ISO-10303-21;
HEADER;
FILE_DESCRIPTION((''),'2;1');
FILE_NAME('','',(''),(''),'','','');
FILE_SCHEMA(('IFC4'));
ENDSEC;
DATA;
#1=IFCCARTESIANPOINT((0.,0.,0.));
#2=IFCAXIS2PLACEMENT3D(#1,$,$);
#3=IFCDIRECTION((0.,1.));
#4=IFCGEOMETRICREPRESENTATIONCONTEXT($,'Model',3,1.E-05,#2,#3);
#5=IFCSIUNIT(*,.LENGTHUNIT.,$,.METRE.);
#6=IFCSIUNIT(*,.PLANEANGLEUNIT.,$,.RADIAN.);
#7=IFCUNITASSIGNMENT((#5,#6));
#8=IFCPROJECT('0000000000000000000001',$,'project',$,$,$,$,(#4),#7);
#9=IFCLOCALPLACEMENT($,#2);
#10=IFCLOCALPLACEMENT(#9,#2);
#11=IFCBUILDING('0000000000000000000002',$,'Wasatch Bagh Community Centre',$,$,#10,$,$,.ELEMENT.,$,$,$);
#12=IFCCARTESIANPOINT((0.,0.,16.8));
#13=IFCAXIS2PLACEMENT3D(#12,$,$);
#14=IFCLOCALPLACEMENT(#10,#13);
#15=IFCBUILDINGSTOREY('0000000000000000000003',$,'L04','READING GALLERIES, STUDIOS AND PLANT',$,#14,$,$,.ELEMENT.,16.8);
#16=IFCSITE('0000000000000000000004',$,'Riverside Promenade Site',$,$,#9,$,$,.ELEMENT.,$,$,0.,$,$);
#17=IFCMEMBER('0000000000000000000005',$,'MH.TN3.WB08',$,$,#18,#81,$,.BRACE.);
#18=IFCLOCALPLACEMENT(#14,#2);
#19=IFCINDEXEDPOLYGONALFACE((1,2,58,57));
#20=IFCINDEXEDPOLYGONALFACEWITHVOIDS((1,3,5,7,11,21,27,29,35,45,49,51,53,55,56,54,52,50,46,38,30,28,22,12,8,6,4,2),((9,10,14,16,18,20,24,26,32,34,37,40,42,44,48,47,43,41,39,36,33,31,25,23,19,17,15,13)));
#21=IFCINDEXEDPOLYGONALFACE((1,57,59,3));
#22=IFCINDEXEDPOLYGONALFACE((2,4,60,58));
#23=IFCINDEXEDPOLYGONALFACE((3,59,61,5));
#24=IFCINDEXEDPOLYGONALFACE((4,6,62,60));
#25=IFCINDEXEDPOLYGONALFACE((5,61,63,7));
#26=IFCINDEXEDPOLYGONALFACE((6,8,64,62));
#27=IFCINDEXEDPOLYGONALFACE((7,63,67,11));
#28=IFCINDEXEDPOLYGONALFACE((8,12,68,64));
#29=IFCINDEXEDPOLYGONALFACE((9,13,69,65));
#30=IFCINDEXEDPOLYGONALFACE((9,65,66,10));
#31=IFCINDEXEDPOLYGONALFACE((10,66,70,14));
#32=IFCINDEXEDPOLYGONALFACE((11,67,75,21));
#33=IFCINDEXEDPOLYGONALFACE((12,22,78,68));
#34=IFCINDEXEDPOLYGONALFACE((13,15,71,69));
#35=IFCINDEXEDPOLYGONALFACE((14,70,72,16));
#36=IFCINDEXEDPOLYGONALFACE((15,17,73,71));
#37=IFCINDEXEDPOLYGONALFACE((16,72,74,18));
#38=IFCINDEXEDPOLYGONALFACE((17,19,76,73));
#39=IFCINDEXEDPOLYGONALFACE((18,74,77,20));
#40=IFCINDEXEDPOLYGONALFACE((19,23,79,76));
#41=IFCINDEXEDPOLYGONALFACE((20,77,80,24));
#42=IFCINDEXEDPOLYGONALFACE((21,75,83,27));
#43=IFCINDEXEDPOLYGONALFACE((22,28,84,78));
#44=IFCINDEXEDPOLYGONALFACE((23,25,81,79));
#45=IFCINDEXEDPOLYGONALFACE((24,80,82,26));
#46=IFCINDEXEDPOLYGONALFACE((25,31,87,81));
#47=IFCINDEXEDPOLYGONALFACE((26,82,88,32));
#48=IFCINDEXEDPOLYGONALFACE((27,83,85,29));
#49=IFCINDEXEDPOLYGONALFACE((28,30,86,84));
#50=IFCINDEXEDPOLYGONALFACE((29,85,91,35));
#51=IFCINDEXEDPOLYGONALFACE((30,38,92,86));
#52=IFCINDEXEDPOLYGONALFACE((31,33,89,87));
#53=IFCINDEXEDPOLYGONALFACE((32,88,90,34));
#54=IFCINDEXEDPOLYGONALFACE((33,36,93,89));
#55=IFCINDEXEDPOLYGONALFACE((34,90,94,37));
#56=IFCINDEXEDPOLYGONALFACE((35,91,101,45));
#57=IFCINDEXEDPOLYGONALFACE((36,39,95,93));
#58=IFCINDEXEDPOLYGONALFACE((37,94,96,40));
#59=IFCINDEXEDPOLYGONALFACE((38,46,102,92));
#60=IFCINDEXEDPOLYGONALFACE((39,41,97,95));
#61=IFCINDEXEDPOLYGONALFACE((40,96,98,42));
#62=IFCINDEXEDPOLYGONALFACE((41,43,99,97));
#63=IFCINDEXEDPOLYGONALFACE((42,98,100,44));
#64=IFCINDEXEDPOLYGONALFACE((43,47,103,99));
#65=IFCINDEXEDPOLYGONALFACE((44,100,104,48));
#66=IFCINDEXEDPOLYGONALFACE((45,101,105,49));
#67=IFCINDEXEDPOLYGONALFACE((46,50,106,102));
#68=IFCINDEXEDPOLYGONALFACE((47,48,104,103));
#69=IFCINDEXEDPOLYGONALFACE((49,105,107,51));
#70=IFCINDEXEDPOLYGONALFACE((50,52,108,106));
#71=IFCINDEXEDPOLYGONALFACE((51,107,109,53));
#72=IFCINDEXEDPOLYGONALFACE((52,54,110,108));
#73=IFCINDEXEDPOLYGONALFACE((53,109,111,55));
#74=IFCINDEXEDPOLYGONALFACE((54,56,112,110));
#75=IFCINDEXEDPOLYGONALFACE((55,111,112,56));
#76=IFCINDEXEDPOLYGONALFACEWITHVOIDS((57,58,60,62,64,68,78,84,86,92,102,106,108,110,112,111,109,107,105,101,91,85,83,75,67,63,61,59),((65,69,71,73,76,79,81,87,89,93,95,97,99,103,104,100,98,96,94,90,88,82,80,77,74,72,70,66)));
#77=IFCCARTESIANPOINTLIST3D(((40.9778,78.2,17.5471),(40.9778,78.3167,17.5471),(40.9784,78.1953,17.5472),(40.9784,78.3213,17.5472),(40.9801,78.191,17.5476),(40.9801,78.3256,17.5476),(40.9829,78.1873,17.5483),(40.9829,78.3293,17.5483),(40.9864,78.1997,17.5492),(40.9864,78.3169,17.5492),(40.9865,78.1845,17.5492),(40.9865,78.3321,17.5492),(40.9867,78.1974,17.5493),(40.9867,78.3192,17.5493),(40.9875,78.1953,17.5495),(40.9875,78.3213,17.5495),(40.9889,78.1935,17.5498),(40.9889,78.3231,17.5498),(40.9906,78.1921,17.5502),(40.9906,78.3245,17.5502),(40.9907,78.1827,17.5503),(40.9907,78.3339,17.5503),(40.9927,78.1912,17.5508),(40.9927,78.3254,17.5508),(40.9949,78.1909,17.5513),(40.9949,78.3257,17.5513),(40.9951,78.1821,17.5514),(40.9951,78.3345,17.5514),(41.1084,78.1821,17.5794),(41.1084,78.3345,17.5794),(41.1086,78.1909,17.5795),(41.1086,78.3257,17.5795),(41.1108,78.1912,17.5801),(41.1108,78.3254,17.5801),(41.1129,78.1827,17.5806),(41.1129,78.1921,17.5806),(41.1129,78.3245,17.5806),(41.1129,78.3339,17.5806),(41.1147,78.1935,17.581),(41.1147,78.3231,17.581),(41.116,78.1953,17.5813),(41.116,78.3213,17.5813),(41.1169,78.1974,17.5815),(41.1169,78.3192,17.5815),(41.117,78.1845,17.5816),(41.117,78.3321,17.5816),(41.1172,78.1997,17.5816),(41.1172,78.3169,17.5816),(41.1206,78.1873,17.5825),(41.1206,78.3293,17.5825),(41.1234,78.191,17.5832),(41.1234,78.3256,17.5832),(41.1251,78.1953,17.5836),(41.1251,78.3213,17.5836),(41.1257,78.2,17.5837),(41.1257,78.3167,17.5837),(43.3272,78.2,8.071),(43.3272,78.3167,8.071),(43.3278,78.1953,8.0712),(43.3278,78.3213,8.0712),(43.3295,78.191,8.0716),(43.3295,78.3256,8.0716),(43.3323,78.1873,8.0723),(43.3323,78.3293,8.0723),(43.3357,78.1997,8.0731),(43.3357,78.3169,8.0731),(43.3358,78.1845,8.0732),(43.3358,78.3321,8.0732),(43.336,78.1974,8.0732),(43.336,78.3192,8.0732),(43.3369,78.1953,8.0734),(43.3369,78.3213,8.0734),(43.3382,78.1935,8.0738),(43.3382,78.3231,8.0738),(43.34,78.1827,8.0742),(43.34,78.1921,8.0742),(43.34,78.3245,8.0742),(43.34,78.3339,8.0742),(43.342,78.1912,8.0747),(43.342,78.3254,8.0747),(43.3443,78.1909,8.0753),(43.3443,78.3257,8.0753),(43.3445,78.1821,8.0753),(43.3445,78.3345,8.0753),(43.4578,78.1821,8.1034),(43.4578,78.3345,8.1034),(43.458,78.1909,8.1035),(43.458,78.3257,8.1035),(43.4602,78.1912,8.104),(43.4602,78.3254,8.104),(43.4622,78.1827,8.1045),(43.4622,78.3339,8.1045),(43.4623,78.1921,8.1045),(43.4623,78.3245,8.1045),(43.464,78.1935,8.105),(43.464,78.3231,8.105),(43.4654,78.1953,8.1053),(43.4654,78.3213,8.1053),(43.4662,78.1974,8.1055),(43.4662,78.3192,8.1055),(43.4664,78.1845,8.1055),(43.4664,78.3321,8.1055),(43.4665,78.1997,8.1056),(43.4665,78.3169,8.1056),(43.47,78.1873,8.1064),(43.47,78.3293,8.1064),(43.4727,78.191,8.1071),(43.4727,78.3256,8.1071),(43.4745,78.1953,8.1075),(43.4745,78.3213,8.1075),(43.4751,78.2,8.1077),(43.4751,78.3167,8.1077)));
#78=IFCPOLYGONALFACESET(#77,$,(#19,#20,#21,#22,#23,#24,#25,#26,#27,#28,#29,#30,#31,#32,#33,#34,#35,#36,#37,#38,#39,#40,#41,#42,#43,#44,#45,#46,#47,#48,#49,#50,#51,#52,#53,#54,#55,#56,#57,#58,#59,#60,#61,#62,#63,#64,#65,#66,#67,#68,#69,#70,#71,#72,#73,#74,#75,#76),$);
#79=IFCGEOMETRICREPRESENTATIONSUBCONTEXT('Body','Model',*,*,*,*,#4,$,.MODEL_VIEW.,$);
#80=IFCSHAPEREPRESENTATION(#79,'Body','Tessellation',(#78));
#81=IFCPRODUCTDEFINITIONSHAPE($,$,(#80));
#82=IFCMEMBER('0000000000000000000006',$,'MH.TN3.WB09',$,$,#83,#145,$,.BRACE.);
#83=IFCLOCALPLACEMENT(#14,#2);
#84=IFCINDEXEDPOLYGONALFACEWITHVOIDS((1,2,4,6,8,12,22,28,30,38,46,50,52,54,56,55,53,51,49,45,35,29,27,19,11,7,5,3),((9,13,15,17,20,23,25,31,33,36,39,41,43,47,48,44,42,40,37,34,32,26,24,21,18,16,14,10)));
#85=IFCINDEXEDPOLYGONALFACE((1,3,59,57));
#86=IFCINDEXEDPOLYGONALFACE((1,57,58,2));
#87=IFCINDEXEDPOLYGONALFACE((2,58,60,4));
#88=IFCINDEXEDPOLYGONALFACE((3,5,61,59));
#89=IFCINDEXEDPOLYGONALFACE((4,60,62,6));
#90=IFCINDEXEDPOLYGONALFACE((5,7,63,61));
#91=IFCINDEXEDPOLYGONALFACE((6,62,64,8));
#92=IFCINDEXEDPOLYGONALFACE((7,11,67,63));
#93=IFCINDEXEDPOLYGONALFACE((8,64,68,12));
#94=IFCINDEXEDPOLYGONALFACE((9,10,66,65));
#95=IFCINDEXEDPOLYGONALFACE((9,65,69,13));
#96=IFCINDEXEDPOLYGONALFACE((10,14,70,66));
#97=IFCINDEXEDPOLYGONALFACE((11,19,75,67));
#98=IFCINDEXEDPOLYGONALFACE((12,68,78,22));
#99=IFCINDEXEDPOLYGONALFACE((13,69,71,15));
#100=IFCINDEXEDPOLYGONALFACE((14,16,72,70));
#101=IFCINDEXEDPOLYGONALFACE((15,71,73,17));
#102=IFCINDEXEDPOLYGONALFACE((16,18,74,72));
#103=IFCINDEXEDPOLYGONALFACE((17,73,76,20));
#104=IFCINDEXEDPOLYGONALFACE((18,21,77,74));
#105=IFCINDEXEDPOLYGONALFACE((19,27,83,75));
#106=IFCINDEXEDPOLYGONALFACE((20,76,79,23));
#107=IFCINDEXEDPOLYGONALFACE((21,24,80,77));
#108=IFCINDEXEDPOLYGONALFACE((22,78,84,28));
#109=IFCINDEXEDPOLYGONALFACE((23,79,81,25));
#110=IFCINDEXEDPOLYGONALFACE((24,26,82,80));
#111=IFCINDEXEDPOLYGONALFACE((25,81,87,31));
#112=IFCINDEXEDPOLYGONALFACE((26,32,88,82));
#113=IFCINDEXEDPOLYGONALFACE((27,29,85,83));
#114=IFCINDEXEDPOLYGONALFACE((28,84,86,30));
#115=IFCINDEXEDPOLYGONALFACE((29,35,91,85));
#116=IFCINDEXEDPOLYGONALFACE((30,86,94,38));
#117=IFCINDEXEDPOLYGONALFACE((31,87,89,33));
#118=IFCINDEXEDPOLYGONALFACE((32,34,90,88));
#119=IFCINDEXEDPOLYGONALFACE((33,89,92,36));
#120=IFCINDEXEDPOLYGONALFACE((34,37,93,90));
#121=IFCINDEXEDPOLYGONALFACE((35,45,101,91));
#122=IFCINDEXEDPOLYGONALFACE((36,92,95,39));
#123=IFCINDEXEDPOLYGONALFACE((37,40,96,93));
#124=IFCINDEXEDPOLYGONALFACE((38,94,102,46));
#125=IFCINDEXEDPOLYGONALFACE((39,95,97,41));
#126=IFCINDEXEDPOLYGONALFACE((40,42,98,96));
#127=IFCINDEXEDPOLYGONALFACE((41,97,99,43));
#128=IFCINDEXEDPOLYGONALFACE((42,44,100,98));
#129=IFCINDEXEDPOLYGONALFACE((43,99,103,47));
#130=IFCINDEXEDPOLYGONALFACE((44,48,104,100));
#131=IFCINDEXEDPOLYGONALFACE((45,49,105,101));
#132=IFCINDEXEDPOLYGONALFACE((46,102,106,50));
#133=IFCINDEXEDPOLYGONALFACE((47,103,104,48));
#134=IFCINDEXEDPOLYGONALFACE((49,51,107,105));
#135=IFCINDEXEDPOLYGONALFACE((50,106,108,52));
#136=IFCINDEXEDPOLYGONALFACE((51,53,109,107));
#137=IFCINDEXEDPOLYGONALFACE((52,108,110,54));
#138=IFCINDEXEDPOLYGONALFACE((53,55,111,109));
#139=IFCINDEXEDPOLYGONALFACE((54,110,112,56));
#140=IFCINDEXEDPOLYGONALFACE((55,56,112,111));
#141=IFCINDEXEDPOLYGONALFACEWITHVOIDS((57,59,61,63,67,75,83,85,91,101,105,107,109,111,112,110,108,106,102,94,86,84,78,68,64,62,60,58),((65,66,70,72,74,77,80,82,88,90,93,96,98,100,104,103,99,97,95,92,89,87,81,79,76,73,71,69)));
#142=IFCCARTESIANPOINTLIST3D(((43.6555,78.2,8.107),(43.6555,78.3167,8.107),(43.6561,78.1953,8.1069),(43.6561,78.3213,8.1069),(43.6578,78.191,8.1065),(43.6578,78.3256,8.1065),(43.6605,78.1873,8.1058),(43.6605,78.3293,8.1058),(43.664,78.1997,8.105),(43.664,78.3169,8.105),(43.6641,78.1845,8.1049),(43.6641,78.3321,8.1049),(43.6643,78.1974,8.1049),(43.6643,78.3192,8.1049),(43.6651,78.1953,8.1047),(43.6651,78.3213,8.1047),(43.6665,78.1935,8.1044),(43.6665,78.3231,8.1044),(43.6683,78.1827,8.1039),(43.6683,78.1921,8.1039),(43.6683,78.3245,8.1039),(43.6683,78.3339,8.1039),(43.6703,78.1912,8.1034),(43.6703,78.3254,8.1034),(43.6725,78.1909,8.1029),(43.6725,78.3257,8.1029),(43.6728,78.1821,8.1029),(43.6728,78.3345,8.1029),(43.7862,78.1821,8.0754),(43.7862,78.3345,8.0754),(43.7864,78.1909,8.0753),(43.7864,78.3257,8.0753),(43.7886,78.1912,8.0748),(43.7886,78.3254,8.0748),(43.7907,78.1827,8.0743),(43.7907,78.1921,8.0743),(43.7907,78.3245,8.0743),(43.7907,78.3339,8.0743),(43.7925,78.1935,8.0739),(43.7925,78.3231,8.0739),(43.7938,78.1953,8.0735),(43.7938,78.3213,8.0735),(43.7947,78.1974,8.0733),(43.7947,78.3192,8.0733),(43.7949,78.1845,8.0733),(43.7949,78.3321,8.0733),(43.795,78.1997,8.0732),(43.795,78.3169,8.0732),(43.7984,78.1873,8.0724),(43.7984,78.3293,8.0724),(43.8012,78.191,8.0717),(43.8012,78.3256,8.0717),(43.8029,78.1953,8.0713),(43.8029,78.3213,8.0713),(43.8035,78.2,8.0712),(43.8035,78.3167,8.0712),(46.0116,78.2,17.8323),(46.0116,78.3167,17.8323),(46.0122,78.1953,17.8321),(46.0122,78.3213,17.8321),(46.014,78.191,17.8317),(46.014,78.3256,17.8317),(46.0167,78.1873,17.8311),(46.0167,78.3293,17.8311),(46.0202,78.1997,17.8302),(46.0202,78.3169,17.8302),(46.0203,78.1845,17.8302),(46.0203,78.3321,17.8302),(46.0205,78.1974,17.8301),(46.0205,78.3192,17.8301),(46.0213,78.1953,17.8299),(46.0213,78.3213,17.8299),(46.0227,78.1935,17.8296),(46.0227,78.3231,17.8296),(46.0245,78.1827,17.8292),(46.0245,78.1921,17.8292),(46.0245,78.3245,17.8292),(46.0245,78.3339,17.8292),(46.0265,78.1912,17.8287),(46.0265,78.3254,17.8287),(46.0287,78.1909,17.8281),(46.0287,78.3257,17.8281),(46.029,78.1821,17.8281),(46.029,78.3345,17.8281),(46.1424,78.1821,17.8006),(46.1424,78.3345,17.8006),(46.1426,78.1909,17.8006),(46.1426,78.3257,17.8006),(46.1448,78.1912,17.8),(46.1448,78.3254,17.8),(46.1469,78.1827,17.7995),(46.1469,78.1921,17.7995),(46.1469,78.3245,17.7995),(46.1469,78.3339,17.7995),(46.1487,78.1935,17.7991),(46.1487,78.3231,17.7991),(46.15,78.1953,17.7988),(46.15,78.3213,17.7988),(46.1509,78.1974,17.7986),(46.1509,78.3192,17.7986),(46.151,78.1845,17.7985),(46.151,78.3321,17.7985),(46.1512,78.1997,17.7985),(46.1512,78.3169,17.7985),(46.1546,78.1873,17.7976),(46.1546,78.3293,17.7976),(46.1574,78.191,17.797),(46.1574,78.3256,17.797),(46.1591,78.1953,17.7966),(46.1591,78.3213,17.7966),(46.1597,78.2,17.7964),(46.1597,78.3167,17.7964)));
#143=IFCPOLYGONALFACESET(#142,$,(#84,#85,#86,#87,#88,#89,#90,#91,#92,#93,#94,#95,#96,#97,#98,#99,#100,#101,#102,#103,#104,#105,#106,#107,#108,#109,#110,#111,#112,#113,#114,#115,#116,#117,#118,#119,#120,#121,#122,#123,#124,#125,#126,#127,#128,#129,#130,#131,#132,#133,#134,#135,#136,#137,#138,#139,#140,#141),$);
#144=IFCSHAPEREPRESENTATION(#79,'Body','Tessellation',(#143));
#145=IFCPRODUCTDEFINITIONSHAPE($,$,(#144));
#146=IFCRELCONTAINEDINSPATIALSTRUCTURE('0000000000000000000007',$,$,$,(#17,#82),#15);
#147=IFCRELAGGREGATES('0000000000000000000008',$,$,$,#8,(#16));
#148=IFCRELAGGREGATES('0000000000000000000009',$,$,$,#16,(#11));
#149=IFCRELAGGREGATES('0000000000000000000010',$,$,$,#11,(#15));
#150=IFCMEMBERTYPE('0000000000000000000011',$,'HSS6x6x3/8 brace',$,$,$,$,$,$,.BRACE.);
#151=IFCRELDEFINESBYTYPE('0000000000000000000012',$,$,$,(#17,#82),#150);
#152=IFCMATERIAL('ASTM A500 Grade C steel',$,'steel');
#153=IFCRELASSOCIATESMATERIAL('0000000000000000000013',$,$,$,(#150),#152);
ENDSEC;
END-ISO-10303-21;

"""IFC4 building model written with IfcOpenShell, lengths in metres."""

from ifc_helpers import new_model, si_unit, direction, frame, origin, origin_2d, place, context, subcontext, project, spatial, hollow_rectangle, extrude, material, material_profile, profile_set, type_object, element, save


model = new_model("IFC4")

# Units and contexts
model_context = context("Model", 3, precision=1e-05, world=origin(), true_north=direction((0.0, 1.0)))
body_context = subcontext(model_context, "Body", "Model", "MODEL_VIEW")
ifc_project = project(units=[si_unit("LENGTHUNIT", "METRE"), si_unit("PLANEANGLEUNIT", "RADIAN")], contexts=[model_context])

# Site, building, storey
site_placement = place(None, origin())
site = spatial("IfcSite", under=ifc_project, at=site_placement, Name="Riverside Promenade Site", CompositionType="ELEMENT", RefElevation=0.0)
building_placement = place(site_placement, origin())
building = spatial("IfcBuilding", under=site, at=building_placement, Name="Wasatch Bagh Community Centre", CompositionType="ELEMENT")
storey_placement = place(building_placement, frame((0.0, 0.0, 16.8)))
storey = spatial("IfcBuildingStorey", under=building, at=storey_placement, Name="L04", Description="READING GALLERIES, STUDIOS AND PLANT", CompositionType="ELEMENT", Elevation=16.8)

# Members
ifc_material_1 = material(Name="ASTM A500 Grade C steel", Category="steel")
ifc_material_profile_1 = material_profile(ifc_material_1, hollow_rectangle(XDim=0.1523, YDim=0.1523, WallThickness=0.0088, InnerFilletRadius=0.0088, OuterFilletRadius=0.0178, at=origin_2d()), Name="HSS6x6x3/8")
ifc_profile_set_1 = profile_set([ifc_material_profile_1], Name="ASTM A500 Grade C steel")
member_type_1 = type_object("IfcMemberType", Name="HSS6x6x3/8 brace", PredefinedType="BRACE", material=ifc_profile_set_1)
member_1_placement = place(storey_placement, frame((43.4011, 78.2583, 8.0894), z_axis=(-0.240641, 0.0, 0.970614), x_axis=(0.0, -1.0, 0.0)))
element("IfcMember", 1, at=member_1_placement, inside=storey, type_object=member_type_1, Name="MH.TN3.WB08", PredefinedType="BRACE", context=body_context, shape_type="SweptSolid", body=[
    extrude(hollow_rectangle(XDim=0.1523, YDim=0.1523, WallThickness=0.0088, InnerFilletRadius=0.0088, OuterFilletRadius=0.0178, at=origin_2d()), origin(), (0.0, 0.0, 1.0), 9.7629),
])
member_2_placement = place(storey_placement, frame((43.7295, 78.2583, 8.0891), z_axis=(0.235462, 0.0, 0.971883), x_axis=(0.0, 1.0, 0.0)))
element("IfcMember", 2, at=member_2_placement, inside=storey, type_object=member_type_1, Name="MH.TN3.WB09", PredefinedType="BRACE", context=body_context, shape_type="SweptSolid", body=[
    extrude(hollow_rectangle(XDim=0.1523, YDim=0.1523, WallThickness=0.0088, InnerFilletRadius=0.0088, OuterFilletRadius=0.0178, at=origin_2d()), origin(), (0.0, 0.0, 1.0), 10.0066),
])

save(model, "model.ifc")
